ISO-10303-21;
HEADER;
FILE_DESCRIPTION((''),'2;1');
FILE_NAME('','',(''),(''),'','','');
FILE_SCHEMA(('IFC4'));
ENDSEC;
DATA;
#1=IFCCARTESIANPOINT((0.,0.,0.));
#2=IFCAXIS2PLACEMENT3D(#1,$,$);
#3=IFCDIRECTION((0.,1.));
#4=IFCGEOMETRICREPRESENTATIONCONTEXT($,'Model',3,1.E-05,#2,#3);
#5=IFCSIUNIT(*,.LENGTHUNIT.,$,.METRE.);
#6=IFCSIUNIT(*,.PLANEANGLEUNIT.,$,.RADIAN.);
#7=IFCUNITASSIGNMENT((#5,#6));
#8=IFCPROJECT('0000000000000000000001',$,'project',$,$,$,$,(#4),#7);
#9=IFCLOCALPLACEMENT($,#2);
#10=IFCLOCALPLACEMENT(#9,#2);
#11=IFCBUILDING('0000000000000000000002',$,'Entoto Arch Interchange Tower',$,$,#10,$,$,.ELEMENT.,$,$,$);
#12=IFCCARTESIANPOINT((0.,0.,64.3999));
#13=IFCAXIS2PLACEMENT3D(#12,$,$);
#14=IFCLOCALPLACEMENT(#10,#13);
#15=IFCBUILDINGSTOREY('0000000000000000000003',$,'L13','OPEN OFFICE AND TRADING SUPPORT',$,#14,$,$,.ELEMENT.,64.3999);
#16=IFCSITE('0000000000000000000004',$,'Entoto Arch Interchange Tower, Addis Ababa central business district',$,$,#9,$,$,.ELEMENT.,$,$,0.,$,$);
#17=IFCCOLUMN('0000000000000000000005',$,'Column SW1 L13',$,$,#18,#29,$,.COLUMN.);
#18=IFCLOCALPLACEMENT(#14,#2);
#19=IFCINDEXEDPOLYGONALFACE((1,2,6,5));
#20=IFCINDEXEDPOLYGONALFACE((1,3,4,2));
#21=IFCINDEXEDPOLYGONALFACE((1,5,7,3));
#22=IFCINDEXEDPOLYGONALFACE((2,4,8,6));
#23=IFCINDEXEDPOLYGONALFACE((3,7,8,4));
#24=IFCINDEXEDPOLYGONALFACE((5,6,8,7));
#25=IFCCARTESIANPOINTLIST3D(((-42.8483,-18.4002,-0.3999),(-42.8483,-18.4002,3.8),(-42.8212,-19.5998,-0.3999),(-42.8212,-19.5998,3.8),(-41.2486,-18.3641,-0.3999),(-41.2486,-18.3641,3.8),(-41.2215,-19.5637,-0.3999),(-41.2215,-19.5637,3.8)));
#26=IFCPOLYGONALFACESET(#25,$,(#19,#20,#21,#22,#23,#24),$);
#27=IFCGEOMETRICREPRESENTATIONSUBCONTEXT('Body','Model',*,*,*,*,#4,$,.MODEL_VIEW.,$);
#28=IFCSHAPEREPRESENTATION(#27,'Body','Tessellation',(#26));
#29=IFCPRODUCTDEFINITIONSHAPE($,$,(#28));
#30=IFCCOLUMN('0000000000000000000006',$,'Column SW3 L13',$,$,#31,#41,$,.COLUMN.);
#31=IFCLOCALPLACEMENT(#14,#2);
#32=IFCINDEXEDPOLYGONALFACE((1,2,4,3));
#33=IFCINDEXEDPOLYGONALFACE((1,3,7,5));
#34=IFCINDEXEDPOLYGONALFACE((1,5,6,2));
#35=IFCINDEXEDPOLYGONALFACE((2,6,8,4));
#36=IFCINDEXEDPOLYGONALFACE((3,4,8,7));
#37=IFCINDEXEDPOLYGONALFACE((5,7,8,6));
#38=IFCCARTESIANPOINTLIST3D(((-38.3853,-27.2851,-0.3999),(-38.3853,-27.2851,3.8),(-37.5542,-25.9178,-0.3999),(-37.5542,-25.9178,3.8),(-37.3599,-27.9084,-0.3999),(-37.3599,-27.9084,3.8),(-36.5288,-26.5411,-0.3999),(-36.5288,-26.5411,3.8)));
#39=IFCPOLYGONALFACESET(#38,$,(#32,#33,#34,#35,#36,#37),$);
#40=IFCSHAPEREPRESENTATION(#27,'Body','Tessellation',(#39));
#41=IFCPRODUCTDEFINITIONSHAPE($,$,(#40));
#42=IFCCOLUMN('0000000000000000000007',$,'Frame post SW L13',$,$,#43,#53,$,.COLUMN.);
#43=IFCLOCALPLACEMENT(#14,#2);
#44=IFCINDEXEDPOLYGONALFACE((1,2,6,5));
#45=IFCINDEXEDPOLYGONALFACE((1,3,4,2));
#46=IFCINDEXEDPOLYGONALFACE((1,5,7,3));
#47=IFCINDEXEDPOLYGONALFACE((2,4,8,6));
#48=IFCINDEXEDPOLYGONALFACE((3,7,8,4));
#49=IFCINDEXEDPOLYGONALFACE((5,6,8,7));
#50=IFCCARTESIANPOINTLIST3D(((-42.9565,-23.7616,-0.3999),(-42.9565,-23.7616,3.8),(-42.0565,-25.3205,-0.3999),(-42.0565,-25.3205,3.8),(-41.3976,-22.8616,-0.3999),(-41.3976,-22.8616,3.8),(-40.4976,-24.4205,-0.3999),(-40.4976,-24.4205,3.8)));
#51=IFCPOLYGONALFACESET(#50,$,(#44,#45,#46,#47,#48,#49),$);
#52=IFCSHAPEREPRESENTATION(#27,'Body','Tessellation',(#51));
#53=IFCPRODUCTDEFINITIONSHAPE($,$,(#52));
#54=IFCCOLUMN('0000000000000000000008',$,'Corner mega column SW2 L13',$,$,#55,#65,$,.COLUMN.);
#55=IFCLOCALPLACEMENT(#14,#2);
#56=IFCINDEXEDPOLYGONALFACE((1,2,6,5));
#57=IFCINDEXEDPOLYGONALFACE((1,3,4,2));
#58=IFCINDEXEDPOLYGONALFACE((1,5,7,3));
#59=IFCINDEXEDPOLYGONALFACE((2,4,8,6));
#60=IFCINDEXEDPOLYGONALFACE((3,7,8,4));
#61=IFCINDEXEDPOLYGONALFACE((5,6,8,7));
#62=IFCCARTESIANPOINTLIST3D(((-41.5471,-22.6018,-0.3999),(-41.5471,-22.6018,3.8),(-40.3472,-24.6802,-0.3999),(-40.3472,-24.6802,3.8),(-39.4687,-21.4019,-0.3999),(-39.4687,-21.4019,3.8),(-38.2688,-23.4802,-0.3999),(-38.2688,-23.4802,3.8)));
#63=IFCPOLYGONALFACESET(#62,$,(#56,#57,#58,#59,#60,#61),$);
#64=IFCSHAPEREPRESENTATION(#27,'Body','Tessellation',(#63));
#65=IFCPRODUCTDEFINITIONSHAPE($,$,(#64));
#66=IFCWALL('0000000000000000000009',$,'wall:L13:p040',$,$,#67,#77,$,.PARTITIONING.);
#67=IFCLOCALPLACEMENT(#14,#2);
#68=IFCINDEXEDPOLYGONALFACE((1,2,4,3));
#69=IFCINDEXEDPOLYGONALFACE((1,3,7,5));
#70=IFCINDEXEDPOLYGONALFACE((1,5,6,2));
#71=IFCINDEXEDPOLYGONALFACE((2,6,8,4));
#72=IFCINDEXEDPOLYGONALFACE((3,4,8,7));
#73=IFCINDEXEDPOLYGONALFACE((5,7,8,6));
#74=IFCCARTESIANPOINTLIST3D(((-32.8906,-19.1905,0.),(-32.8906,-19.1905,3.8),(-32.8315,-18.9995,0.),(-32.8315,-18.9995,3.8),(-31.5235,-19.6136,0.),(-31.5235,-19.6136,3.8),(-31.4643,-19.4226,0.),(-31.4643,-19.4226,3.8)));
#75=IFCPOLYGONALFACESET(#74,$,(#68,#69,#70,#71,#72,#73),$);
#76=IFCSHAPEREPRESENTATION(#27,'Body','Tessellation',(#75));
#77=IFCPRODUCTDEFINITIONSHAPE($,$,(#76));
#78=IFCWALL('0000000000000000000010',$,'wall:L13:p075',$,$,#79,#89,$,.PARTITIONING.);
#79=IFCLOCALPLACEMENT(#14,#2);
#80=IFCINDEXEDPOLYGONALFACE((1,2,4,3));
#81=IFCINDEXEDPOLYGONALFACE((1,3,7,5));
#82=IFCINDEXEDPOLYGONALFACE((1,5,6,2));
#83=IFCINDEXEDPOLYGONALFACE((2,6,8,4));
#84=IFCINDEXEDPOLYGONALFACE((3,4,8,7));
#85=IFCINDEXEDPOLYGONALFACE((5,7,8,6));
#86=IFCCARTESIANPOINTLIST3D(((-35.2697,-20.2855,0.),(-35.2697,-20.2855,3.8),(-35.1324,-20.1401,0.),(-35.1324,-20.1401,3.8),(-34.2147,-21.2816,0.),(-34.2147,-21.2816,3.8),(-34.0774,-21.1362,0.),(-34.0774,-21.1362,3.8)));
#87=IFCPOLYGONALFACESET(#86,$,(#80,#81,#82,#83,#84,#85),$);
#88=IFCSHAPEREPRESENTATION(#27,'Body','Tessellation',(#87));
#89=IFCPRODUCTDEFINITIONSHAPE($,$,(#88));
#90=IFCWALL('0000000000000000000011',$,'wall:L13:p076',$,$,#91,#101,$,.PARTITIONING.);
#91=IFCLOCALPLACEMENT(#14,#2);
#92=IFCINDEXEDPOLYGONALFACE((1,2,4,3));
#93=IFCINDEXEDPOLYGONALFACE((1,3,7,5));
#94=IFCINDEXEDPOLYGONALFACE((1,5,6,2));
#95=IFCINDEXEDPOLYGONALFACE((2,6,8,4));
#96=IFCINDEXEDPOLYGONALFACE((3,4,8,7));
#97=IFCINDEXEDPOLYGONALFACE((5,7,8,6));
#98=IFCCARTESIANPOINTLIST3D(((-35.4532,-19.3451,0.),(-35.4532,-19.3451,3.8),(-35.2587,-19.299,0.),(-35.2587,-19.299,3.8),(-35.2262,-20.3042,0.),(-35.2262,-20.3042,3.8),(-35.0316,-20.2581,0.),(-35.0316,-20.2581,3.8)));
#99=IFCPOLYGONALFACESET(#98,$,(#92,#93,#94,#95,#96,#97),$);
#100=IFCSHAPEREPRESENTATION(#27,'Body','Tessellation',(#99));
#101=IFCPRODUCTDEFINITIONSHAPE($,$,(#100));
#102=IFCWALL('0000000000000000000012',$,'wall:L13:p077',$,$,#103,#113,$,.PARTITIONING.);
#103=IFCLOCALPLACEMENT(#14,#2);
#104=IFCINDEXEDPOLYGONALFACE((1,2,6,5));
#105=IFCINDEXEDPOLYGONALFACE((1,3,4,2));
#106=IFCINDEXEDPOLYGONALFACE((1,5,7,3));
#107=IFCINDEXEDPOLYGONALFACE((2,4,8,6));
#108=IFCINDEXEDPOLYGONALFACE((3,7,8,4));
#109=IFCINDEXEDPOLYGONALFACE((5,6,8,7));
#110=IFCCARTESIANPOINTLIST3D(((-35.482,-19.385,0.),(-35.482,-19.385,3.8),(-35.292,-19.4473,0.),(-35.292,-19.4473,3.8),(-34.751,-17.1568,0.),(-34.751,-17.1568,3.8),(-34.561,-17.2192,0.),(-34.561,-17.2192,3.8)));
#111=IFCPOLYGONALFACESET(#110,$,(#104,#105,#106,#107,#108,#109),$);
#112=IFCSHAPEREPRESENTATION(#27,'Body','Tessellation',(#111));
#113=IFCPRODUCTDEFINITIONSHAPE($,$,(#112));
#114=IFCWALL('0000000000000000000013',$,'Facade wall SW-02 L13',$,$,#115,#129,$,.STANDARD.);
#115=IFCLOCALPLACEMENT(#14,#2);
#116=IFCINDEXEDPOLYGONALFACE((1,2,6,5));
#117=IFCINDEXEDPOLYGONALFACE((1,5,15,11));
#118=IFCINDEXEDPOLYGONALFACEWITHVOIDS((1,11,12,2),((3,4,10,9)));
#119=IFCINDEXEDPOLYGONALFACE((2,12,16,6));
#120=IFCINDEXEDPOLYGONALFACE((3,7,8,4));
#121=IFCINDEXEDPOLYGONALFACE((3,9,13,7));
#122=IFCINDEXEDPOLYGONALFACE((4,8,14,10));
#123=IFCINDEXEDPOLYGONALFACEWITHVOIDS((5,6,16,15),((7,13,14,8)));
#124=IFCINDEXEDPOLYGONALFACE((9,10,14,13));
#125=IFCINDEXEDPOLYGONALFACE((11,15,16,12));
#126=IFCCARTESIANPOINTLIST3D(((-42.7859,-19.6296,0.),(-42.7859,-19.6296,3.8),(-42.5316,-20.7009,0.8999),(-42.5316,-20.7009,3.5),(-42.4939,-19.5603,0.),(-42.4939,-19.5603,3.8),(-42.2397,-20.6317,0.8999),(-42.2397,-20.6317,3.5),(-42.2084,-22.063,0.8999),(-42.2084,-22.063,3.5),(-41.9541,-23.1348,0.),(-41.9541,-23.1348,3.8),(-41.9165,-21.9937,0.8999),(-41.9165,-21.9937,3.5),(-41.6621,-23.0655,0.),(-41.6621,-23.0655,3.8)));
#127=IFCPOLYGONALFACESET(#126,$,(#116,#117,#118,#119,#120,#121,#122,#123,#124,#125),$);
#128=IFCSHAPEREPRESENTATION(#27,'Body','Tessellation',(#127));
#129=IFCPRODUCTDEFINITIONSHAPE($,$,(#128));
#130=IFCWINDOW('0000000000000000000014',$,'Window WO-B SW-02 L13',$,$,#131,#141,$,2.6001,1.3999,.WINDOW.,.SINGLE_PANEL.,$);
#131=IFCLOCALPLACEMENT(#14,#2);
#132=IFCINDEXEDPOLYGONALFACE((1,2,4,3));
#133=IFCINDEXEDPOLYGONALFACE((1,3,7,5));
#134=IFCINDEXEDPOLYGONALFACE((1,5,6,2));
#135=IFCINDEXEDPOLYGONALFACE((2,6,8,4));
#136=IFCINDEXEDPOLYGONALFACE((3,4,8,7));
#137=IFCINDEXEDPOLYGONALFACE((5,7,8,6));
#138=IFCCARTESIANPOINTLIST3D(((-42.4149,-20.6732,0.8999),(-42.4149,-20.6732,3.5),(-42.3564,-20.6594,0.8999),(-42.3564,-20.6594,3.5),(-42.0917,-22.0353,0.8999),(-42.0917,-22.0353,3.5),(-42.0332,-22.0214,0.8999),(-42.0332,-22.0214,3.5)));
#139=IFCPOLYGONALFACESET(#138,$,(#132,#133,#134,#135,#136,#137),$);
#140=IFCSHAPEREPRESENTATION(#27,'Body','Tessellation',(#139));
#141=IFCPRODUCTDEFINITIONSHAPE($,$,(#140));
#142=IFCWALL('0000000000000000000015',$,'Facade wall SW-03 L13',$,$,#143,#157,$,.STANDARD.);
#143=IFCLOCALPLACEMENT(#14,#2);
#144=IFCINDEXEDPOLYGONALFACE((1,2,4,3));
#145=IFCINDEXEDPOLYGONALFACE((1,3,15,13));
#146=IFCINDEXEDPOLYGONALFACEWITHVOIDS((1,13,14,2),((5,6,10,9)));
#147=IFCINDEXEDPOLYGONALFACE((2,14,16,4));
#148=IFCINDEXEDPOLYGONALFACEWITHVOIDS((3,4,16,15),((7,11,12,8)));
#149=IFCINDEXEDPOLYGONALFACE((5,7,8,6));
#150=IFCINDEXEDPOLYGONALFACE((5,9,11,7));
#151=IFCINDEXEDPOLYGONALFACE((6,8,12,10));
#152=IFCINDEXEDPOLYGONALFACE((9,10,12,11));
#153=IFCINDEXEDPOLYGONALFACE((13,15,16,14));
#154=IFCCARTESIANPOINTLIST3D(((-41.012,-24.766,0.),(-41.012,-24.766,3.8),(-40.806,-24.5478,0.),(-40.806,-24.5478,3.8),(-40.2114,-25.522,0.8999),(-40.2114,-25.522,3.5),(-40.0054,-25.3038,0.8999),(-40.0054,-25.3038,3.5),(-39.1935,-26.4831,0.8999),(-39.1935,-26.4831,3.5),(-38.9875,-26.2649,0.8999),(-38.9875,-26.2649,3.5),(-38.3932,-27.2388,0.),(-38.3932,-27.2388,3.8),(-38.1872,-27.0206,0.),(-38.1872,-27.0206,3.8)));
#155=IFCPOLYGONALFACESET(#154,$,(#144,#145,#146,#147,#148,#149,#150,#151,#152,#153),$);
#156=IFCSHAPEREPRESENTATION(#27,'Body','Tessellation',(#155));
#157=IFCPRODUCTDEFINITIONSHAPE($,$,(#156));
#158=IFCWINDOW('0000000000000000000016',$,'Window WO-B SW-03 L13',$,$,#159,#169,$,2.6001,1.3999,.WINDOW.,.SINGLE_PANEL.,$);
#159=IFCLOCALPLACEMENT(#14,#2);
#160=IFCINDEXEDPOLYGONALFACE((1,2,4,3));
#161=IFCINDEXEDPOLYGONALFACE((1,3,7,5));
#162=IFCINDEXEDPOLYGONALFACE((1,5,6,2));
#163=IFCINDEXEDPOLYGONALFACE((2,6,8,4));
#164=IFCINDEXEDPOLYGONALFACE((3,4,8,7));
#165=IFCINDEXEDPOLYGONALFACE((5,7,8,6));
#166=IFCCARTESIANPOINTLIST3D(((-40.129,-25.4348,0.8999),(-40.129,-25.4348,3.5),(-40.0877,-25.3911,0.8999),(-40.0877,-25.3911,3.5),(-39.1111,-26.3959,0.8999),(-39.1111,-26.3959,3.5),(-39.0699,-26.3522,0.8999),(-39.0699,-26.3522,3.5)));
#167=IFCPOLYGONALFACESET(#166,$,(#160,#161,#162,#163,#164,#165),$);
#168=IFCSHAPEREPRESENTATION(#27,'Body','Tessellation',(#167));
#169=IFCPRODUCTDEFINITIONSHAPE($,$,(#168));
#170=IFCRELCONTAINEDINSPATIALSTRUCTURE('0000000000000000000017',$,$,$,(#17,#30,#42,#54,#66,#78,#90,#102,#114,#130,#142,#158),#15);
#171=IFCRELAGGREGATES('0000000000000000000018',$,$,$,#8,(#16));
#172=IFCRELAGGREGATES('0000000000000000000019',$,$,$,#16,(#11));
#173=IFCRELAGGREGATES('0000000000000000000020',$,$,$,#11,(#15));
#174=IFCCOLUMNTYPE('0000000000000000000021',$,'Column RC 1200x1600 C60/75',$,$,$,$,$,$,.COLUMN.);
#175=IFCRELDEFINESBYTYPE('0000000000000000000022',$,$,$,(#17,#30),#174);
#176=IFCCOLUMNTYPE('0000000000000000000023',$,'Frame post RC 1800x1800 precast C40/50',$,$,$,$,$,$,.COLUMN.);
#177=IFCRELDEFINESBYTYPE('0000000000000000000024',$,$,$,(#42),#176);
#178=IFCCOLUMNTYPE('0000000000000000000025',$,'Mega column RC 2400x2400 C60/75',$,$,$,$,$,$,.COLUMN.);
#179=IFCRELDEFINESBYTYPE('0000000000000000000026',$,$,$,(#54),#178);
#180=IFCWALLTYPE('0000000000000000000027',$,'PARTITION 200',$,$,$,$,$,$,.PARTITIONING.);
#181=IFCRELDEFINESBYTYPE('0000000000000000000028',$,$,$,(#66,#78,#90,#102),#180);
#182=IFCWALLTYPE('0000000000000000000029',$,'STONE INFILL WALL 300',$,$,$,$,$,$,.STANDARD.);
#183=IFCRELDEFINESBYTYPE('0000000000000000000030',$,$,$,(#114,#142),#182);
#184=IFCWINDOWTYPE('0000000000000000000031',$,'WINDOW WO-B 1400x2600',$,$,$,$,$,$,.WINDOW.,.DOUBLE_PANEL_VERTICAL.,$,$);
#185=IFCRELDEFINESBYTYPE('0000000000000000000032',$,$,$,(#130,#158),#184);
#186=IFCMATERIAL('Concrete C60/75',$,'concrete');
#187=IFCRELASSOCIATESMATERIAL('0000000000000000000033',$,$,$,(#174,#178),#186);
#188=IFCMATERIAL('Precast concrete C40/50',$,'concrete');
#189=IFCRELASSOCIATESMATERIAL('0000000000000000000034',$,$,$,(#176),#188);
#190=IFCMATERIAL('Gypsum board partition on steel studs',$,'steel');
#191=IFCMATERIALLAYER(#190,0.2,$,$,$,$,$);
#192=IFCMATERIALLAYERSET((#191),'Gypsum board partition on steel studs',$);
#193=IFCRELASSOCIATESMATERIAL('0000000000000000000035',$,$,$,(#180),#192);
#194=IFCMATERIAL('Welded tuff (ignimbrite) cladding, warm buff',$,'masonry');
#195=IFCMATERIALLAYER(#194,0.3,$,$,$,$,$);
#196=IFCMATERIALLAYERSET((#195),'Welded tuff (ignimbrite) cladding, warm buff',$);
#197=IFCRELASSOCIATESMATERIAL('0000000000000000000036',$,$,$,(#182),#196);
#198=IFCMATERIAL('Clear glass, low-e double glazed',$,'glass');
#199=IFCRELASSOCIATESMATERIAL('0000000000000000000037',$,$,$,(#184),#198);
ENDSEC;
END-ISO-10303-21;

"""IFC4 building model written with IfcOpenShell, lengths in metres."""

from ifc_helpers import new_model, si_unit, direction, frame, frame_2d, origin, origin_2d, place, context, subcontext, project, spatial, rectangle, extrude, material, layer, layer_set, material_profile, profile_set, type_object, element, fill, save


model = new_model("IFC4")

# Units and contexts
model_context = context("Model", 3, precision=1e-05, world=origin(), true_north=direction((0.0, 1.0)))
body_context = subcontext(model_context, "Body", "Model", "MODEL_VIEW")
ifc_project = project(units=[si_unit("LENGTHUNIT", "METRE"), si_unit("PLANEANGLEUNIT", "RADIAN")], contexts=[model_context])

# Site, building, storey
site_placement = place(None, origin())
site = spatial("IfcSite", under=ifc_project, at=site_placement, Name="Entoto Arch Interchange Tower, Addis Ababa central business district", CompositionType="ELEMENT", RefElevation=0.0)
building_placement = place(site_placement, origin())
building = spatial("IfcBuilding", under=site, at=building_placement, Name="Entoto Arch Interchange Tower", CompositionType="ELEMENT")
storey_placement = place(building_placement, frame((0.0, 0.0, 64.3999)))
storey = spatial("IfcBuildingStorey", under=building, at=storey_placement, Name="L13", Description="OPEN OFFICE AND TRADING SUPPORT", CompositionType="ELEMENT", Elevation=64.3999)

# Columns
ifc_material_1 = material(Name="Concrete C60/75", Category="concrete")
ifc_material_profile_1 = material_profile(ifc_material_1, rectangle(XDim=1.2, YDim=1.6001, at=origin_2d()))
ifc_profile_set_1 = profile_set([ifc_material_profile_1], Name="Concrete C60/75")
column_type_1 = type_object("IfcColumnType", Name="Column RC 1200x1600 C60/75", PredefinedType="COLUMN", material=ifc_profile_set_1)
for number, where, z_axis, x_axis, name in (
    (1, (-42.0349, -18.9819, -0.3999), (0.0, 0.0, 1.0), (-0.022565, 0.999745, 0.0), "Column SW1 L13"),
    (2, (-37.457, -26.9131, -0.3999), (0.0, 0.0, 1.0), (-0.854522, 0.519415, 0.0), "Column SW3 L13"),
):
    element("IfcColumn", number, at=place(storey_placement, frame(where, z_axis=z_axis, x_axis=x_axis)), inside=storey, type_object=column_type_1, Name=name, PredefinedType="COLUMN", context=body_context, shape_type="SweptSolid", body=[
        extrude(rectangle(XDim=1.2, YDim=1.6001, at=origin_2d()), origin(), (0.0, 0.0, 1.0), 4.2),
    ])
ifc_material_2 = material(Name="Precast concrete C40/50", Category="concrete")
ifc_material_profile_2 = material_profile(ifc_material_2, rectangle(XDim=1.8, YDim=1.8, at=origin_2d()))
ifc_profile_set_2 = profile_set([ifc_material_profile_2], Name="Precast concrete C40/50")
column_type_2 = type_object("IfcColumnType", Name="Frame post RC 1800x1800 precast C40/50", PredefinedType="COLUMN", material=ifc_profile_set_2)
column_1_placement = place(storey_placement, frame((-41.7271, -24.0911, -0.3999), z_axis=(0.0, 0.0, 1.0), x_axis=(0.866025, 0.5, 0.0)))
element("IfcColumn", 3, at=column_1_placement, inside=storey, type_object=column_type_2, Name="Frame post SW L13", PredefinedType="COLUMN", context=body_context, shape_type="SweptSolid", body=[
    extrude(rectangle(XDim=1.8, YDim=1.8, at=origin_2d()), origin(), (0.0, 0.0, 1.0), 4.2),
])
ifc_material_profile_3 = material_profile(ifc_material_1, rectangle(XDim=2.3999, YDim=2.3999, at=origin_2d()))
ifc_profile_set_3 = profile_set([ifc_material_profile_3], Name="Concrete C60/75")
column_type_3 = type_object("IfcColumnType", Name="Mega column RC 2400x2400 C60/75", PredefinedType="COLUMN", material=ifc_profile_set_3)
column_2_placement = place(storey_placement, frame((-39.908, -23.041, -0.3999), z_axis=(0.0, 0.0, 1.0), x_axis=(0.866025, 0.5, 0.0)))
element("IfcColumn", 4, at=column_2_placement, inside=storey, type_object=column_type_3, Name="Corner mega column SW2 L13", PredefinedType="COLUMN", context=body_context, shape_type="SweptSolid", body=[
    extrude(rectangle(XDim=2.3999, YDim=2.3999, at=origin_2d()), origin(), (0.0, 0.0, 1.0), 4.2),
])

# Walls
ifc_material_3 = material(Name="Gypsum board partition on steel studs", Category="steel")
ifc_layer_1 = layer(ifc_material_3, 0.2)
ifc_layer_set_1 = layer_set([ifc_layer_1], Name="Gypsum board partition on steel studs")
wall_type_1 = type_object("IfcWallType", Name="PARTITION 200", PredefinedType="PARTITIONING", material=ifc_layer_set_1)
wall_1_placement = place(storey_placement, frame((-32.8611, -19.095, 0.0), z_axis=(0.0, 0.0, 1.0), x_axis=(0.955302, -0.295632, 0.0)))
element("IfcWall", 5, at=wall_1_placement, inside=storey, type_object=wall_type_1, Name="wall:L13:p040", PredefinedType="PARTITIONING", context=body_context, shape_type="SweptSolid", body=[
    extrude(rectangle(XDim=1.4312, YDim=0.2, at=frame_2d((0.7156, 0.0))), origin(), (0.0, 0.0, 1.0), 3.8),
])
wall_2_placement = place(storey_placement, frame((-34.146, -21.209, 0.0), z_axis=(0.0, 0.0, 1.0), x_axis=(-0.727092, 0.68654, 0.0)))
element("IfcWall", 6, at=wall_2_placement, inside=storey, type_object=wall_type_1, Name="wall:L13:p075", PredefinedType="PARTITIONING", context=body_context, shape_type="SweptSolid", body=[
    extrude(rectangle(XDim=1.4509, YDim=0.2, at=frame_2d((0.7256, 0.0))), origin(), (0.0, 0.0, 1.0), 3.8),
])
wall_3_placement = place(storey_placement, frame((-35.1289, -20.281, 0.0), z_axis=(0.0, 0.0, 1.0), x_axis=(-0.230392, 0.973098, 0.0)))
element("IfcWall", 7, at=wall_3_placement, inside=storey, type_object=wall_type_1, Name="wall:L13:p076", PredefinedType="PARTITIONING", context=body_context, shape_type="SweptSolid", body=[
    extrude(rectangle(XDim=0.9856, YDim=0.2, at=frame_2d((0.4927, 0.0))), origin(), (0.0, 0.0, 1.0), 3.8),
])
wall_4_placement = place(storey_placement, frame((-35.387, -19.416, 0.0), z_axis=(0.0, 0.0, 1.0), x_axis=(0.311726, 0.950172, 0.0)))
element("IfcWall", 8, at=wall_4_placement, inside=storey, type_object=wall_type_1, Name="wall:L13:p077", PredefinedType="PARTITIONING", context=body_context, shape_type="SweptSolid", body=[
    extrude(rectangle(XDim=2.345, YDim=0.2, at=frame_2d((1.1724, 0.0))), origin(), (0.0, 0.0, 1.0), 3.8),
])

# Walls, openings, windows
ifc_material_4 = material(Name="Welded tuff (ignimbrite) cladding, warm buff", Category="masonry")
ifc_layer_2 = layer(ifc_material_4, 0.3)
ifc_layer_set_2 = layer_set([ifc_layer_2], Name="Welded tuff (ignimbrite) cladding, warm buff")
wall_type_2 = type_object("IfcWallType", Name="STONE INFILL WALL 300", PredefinedType="STANDARD", material=ifc_layer_set_2)
wall_5_placement = place(storey_placement, frame((-42.6399, -19.595, 0.0), z_axis=(0.0, 0.0, 1.0), x_axis=(0.230894, -0.972979, 0.0)))
wall_5 = element("IfcWall", 9, at=wall_5_placement, inside=storey, type_object=wall_type_2, Name="Facade wall SW-02 L13", PredefinedType="STANDARD", context=body_context, shape_type="SweptSolid", body=[
    extrude(rectangle(XDim=3.6025, YDim=0.3, at=frame_2d((1.8013, 0.0))), origin(), (0.0, 0.0, 1.0), 3.8),
])
opening_1_placement = place(wall_5_placement, frame((1.1011, 0.0, 0.8999)))
opening_1 = element("IfcOpeningElement", 10, at=opening_1_placement, cuts=wall_5, PredefinedType="OPENING", context=body_context, shape_type="SweptSolid", body=[
    extrude(rectangle(XDim=1.3999, YDim=2.6001, at=frame_2d((0.7, 1.3))), frame((0.0, 0.1602, 0.0), z_axis=(0.0, -1.0, 0.0), x_axis=(1.0, 0.0, 0.0)), (0.0, 0.0, 1.0), 0.3201),
])
ifc_material_5 = material(Name="Clear glass, low-e double glazed", Category="glass")
window_type = type_object("IfcWindowType", Name="WINDOW WO-B 1400x2600", PartitioningType="DOUBLE_PANEL_VERTICAL", PredefinedType="WINDOW", material=ifc_material_5)
window_1_placement = place(opening_1_placement, origin())
window_1 = element("IfcWindow", 11, at=window_1_placement, inside=storey, type_object=window_type, Name="Window WO-B SW-02 L13", OverallHeight=2.6001, OverallWidth=1.3999, PartitioningType="SINGLE_PANEL", PredefinedType="WINDOW", context=body_context, shape_type="SweptSolid", body=[
    extrude(rectangle(XDim=1.3999, YDim=2.6001, at=frame_2d((0.7, 1.3))), frame((0.0, 0.03, 0.0), z_axis=(0.0, -1.0, 0.0), x_axis=(1.0, 0.0, 0.0)), (0.0, 0.0, 1.0), 0.0601),
])
fill(opening_1, window_1)
wall_6_placement = place(storey_placement, frame((-40.9089, -24.657, 0.0), z_axis=(0.0, 0.0, 1.0), x_axis=(0.727083, -0.68655, 0.0)))
wall_6 = element("IfcWall", 12, at=wall_6_placement, inside=storey, type_object=wall_type_2, Name="Facade wall SW-03 L13", PredefinedType="STANDARD", context=body_context, shape_type="SweptSolid", body=[
    extrude(rectangle(XDim=3.6018, YDim=0.3, at=frame_2d((1.8008, 0.0))), origin(), (0.0, 0.0, 1.0), 3.8),
])
opening_2_placement = place(wall_6_placement, frame((1.1011, 0.0, 0.8999)))
opening_2 = element("IfcOpeningElement", 13, at=opening_2_placement, cuts=wall_6, PredefinedType="OPENING", context=body_context, shape_type="SweptSolid", body=[
    extrude(rectangle(XDim=1.3999, YDim=2.6001, at=frame_2d((0.7, 1.3))), frame((0.0, 0.1602, 0.0), z_axis=(0.0, -1.0, 0.0), x_axis=(1.0, 0.0, 0.0)), (0.0, 0.0, 1.0), 0.3201),
])
window_2_placement = place(opening_2_placement, origin())
window_2 = element("IfcWindow", 14, at=window_2_placement, inside=storey, type_object=window_type, Name="Window WO-B SW-03 L13", OverallHeight=2.6001, OverallWidth=1.3999, PartitioningType="SINGLE_PANEL", PredefinedType="WINDOW", context=body_context, shape_type="SweptSolid", body=[
    extrude(rectangle(XDim=1.3999, YDim=2.6001, at=frame_2d((0.7, 1.3))), frame((0.0, 0.03, 0.0), z_axis=(0.0, -1.0, 0.0), x_axis=(1.0, 0.0, 0.0)), (0.0, 0.0, 1.0), 0.0601),
])
fill(opening_2, window_2)

save(model, "model.ifc")
